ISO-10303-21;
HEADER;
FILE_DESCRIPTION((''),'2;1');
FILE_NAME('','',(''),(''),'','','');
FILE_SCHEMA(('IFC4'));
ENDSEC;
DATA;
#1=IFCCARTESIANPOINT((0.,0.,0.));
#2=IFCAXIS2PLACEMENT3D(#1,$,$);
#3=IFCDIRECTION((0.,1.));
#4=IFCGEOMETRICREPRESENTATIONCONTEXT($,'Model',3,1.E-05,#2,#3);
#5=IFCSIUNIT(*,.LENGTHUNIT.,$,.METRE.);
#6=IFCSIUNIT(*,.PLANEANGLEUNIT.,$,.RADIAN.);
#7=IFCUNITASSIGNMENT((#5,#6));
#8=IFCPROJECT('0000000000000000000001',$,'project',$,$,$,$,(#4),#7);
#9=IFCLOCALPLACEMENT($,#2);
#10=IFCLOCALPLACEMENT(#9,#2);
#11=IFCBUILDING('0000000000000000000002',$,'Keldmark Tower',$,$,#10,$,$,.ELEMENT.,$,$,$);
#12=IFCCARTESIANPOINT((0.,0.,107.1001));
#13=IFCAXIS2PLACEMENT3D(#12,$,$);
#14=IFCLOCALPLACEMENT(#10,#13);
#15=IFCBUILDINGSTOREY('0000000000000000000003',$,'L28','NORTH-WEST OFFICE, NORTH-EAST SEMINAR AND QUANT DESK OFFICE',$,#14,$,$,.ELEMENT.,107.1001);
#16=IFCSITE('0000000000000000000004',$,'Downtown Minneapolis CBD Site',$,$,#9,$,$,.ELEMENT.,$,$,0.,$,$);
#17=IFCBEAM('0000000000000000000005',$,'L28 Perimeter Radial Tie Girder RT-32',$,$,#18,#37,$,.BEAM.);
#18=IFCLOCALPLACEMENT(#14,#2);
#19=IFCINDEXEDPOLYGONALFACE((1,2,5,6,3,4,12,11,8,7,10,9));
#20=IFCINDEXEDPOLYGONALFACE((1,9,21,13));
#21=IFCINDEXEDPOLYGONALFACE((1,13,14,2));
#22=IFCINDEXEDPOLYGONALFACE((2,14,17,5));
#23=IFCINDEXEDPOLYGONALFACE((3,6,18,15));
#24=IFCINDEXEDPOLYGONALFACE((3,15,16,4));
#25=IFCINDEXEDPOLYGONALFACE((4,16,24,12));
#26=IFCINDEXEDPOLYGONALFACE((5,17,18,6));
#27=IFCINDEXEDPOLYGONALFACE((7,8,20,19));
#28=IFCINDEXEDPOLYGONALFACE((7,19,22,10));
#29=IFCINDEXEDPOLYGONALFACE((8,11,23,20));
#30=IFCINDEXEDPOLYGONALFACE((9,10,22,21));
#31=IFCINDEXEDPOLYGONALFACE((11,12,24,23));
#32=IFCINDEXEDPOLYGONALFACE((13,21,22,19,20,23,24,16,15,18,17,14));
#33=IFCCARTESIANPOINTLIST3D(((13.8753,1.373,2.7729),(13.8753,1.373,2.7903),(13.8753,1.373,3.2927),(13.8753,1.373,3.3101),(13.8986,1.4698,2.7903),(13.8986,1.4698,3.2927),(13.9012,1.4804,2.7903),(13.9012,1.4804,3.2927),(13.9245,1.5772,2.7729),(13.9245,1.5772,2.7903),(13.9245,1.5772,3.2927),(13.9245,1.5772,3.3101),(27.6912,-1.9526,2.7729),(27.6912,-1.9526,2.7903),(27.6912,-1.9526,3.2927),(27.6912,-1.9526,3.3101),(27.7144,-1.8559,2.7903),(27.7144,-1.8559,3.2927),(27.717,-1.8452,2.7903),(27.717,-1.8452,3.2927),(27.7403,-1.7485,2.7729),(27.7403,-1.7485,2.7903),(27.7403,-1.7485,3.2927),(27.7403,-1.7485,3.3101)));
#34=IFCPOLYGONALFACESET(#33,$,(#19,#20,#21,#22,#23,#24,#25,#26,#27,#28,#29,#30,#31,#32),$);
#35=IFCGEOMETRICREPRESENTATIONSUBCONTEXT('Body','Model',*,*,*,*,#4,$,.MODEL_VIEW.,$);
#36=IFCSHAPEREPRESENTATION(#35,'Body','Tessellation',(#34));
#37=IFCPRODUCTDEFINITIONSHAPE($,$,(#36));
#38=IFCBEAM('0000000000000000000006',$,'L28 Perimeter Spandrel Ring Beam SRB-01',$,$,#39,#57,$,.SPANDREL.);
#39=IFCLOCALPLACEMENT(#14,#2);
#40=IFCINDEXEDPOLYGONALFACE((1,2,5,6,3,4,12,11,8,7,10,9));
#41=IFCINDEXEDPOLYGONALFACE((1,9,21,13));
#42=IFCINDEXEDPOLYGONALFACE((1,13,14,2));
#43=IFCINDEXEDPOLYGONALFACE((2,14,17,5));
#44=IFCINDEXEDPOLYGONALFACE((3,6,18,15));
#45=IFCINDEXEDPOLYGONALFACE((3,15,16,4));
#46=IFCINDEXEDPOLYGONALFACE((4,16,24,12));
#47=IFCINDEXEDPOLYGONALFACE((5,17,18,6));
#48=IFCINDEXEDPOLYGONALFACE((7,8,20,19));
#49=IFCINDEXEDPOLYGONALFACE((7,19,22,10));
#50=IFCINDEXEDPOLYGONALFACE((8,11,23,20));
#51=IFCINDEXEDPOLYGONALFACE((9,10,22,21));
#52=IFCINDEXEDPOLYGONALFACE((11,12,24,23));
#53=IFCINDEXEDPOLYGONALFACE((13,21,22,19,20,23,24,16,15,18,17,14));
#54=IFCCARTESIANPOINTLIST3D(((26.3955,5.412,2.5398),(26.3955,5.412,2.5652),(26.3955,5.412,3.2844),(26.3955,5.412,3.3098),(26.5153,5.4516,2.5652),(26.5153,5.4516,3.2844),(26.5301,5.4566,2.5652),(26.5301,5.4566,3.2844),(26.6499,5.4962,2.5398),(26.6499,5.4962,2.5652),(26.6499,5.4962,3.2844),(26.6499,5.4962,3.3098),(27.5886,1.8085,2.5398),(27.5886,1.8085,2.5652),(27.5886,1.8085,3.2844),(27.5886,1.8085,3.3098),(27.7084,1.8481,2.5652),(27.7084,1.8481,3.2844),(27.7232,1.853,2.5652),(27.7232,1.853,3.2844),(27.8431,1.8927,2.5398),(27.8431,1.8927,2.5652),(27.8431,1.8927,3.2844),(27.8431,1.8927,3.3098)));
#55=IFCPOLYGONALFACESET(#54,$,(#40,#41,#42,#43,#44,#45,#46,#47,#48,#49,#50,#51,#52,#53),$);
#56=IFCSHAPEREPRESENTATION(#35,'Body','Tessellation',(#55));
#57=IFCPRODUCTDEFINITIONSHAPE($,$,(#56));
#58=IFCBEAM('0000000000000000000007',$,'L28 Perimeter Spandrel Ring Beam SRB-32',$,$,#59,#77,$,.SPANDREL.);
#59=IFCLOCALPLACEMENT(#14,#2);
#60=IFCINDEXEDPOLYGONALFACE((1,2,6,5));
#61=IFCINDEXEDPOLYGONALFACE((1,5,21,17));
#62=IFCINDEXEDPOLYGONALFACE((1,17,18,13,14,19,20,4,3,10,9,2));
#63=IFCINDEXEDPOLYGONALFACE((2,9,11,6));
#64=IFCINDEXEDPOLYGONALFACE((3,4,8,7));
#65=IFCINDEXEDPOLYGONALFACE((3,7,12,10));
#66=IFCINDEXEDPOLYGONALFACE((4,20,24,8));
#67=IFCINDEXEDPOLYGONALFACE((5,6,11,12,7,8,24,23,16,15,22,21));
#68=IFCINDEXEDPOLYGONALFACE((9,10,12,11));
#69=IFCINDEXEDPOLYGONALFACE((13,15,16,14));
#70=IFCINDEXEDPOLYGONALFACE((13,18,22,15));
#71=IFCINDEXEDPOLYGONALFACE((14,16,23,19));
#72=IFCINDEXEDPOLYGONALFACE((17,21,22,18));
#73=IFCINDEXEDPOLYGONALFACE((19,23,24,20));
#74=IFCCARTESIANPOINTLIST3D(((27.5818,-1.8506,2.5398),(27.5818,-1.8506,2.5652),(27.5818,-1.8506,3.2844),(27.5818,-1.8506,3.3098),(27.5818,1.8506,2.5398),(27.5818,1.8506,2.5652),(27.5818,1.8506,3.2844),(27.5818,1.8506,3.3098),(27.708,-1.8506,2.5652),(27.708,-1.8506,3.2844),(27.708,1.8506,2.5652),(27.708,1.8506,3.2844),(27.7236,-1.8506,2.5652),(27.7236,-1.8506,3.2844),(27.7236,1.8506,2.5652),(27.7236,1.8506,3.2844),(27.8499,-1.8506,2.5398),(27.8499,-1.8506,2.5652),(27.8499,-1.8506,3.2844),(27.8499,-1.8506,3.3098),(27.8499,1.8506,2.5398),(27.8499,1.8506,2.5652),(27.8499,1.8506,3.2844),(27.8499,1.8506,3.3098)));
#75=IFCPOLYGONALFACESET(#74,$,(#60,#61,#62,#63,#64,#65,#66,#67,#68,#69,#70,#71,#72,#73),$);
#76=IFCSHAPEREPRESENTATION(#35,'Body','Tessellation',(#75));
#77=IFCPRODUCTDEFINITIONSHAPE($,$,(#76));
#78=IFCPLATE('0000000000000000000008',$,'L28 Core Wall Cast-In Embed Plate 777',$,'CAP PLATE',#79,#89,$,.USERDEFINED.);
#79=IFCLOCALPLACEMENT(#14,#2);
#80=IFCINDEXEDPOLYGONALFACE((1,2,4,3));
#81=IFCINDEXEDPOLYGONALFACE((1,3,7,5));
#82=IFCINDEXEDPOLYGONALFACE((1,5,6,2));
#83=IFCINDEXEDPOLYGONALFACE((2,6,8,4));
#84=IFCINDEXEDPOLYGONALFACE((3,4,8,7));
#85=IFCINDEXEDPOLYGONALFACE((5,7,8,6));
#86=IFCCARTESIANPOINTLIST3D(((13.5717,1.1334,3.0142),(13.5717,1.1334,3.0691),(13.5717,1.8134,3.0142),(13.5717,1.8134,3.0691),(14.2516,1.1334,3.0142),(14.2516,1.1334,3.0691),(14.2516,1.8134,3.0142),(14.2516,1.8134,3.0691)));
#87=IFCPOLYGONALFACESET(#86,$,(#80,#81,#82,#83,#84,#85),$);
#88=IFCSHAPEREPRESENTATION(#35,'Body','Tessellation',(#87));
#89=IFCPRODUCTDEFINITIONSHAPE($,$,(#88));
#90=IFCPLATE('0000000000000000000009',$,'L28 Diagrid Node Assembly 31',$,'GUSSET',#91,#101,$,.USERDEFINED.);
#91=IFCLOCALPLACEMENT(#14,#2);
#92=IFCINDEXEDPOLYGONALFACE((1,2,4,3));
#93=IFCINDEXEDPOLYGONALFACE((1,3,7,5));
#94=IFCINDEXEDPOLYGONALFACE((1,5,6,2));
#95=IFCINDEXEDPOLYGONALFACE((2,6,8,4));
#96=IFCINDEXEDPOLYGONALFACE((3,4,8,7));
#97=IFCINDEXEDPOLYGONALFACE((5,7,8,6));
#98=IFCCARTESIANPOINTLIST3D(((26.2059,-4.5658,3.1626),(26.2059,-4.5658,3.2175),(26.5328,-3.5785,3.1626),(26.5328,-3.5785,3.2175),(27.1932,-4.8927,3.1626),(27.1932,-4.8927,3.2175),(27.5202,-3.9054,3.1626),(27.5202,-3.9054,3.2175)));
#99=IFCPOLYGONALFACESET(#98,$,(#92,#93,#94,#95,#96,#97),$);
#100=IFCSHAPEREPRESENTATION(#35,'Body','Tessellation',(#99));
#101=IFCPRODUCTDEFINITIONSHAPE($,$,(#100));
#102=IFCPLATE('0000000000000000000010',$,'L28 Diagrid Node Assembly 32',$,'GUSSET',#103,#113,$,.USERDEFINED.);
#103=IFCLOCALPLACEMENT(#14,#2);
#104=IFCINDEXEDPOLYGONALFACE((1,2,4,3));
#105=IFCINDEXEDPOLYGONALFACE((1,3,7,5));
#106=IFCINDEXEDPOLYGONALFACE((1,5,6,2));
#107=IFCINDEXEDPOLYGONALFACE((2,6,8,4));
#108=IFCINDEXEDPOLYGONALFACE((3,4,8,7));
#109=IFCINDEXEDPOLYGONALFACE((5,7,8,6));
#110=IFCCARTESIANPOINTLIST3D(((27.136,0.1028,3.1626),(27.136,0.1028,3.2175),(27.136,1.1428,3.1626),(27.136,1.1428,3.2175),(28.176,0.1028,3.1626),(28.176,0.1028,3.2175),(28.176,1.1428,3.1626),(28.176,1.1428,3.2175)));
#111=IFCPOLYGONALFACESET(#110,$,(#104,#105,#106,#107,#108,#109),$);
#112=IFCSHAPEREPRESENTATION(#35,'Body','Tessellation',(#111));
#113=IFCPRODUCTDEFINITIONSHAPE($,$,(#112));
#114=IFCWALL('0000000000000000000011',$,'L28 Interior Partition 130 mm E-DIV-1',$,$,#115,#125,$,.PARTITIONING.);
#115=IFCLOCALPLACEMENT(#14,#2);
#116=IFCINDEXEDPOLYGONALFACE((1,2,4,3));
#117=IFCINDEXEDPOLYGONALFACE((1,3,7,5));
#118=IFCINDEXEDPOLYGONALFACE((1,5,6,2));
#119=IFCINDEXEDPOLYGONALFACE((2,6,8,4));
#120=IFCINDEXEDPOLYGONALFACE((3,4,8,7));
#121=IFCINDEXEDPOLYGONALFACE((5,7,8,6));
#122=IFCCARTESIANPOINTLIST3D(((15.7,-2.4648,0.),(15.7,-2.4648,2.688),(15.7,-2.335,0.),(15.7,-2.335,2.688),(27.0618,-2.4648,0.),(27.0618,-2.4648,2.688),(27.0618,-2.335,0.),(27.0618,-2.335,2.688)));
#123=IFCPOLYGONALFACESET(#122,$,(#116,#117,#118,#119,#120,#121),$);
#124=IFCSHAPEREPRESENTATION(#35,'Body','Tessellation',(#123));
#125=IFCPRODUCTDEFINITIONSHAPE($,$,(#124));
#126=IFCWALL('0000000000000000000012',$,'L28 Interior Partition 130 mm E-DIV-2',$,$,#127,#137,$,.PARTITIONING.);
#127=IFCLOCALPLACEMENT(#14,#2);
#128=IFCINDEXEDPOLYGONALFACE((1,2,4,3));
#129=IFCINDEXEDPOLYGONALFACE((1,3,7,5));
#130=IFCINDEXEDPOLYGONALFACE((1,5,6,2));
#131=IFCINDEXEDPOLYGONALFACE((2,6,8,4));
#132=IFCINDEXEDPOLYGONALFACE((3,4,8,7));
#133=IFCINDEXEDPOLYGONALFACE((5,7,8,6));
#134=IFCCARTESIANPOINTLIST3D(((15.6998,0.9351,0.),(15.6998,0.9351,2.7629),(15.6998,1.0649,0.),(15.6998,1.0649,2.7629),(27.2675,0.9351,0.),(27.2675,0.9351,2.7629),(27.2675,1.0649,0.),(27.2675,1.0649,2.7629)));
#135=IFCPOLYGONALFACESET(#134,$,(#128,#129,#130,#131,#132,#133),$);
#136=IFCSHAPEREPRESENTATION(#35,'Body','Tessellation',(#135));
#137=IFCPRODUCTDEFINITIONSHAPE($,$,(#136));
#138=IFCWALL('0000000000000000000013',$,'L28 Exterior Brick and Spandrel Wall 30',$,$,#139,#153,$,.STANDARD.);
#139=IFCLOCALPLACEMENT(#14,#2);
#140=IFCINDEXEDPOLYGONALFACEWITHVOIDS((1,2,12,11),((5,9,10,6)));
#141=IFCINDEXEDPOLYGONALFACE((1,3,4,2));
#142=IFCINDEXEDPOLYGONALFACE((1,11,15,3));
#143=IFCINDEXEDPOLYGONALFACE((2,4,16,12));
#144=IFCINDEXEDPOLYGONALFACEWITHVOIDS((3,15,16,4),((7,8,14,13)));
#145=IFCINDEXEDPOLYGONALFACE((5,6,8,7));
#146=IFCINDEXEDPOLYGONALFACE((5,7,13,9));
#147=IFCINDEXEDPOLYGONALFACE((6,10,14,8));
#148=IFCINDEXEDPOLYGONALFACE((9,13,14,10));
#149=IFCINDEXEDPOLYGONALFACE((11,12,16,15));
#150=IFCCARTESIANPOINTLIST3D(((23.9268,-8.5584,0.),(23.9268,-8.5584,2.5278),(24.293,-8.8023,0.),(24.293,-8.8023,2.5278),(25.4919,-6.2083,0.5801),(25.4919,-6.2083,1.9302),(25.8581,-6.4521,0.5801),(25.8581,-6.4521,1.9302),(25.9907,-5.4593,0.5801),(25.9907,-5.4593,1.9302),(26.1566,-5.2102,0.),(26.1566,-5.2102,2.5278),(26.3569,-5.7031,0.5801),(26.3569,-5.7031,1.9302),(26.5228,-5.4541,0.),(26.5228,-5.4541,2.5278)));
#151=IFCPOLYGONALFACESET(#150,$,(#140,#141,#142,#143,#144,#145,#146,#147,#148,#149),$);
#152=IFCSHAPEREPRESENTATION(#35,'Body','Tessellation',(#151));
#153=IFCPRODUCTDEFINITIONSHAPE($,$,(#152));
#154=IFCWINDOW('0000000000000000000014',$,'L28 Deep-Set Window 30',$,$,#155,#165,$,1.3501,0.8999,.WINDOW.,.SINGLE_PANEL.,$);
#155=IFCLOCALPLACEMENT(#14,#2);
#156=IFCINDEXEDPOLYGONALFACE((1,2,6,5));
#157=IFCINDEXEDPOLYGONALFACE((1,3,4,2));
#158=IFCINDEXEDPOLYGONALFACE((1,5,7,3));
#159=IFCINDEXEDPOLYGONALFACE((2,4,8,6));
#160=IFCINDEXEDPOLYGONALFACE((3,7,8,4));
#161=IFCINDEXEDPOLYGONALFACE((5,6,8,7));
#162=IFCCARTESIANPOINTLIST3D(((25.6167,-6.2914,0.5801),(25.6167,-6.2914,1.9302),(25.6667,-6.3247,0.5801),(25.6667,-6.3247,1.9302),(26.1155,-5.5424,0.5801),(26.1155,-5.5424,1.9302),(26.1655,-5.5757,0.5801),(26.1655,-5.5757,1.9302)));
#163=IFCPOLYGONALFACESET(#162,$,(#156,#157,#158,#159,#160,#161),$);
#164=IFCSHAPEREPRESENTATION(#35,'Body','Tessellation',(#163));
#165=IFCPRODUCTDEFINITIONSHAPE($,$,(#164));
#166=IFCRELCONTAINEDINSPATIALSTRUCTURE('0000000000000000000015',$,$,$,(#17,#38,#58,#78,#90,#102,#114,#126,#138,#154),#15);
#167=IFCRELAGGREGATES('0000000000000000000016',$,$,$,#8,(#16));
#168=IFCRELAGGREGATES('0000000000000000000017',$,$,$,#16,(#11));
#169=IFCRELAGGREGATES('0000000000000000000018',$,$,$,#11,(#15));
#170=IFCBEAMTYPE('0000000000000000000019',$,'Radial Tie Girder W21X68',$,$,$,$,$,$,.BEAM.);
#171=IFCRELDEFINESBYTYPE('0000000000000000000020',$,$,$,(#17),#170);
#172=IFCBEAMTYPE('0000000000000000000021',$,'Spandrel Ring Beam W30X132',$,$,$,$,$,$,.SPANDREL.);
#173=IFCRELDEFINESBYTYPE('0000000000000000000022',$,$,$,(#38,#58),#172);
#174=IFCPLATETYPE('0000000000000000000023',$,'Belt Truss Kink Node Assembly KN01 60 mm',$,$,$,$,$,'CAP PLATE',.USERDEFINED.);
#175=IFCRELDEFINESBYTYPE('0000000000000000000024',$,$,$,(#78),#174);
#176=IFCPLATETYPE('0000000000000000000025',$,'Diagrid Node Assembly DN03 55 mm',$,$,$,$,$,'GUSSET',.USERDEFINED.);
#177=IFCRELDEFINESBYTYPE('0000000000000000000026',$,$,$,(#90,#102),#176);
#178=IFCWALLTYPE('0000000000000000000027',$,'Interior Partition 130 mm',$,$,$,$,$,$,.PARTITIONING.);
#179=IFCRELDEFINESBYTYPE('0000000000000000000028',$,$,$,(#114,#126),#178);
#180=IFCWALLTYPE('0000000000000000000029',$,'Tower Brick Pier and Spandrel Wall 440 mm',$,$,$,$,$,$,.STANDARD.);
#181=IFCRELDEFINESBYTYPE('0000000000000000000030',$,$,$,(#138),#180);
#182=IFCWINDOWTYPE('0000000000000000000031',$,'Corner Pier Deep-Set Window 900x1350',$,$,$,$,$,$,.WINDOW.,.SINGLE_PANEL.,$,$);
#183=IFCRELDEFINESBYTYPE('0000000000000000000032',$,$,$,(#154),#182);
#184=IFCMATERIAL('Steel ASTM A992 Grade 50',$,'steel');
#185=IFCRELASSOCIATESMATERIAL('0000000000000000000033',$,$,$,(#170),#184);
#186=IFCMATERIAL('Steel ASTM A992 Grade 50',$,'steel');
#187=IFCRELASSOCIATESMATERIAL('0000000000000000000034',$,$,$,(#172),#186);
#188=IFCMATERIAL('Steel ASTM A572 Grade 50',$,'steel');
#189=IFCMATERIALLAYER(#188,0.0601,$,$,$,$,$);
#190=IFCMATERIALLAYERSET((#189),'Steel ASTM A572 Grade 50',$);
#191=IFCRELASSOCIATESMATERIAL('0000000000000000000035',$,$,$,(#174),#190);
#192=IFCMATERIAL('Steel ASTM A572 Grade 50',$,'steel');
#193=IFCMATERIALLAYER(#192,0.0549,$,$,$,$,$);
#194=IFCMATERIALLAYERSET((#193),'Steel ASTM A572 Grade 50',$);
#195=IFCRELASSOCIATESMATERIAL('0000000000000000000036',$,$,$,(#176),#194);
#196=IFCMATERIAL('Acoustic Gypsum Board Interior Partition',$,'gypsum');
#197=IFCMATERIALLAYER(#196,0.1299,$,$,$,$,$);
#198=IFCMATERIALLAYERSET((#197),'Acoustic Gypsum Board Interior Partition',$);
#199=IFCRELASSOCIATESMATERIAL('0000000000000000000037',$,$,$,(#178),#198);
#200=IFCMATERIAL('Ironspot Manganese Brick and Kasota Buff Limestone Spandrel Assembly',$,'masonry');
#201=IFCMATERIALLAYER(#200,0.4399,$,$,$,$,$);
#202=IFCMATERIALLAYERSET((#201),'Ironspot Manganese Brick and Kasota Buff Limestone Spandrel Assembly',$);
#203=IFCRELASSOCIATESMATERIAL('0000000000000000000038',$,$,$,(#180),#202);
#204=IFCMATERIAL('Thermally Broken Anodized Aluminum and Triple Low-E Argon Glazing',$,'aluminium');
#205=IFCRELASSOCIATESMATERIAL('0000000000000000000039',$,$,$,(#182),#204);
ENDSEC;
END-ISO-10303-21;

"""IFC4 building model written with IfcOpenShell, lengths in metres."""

from ifc_helpers import new_model, si_unit, direction, frame, frame_2d, origin, origin_2d, place, context, subcontext, project, spatial, rectangle, i_section, extrude, material, layer, layer_set, material_profile, profile_set, type_object, element, fill, save


model = new_model("IFC4")

# Units and contexts
model_context = context("Model", 3, precision=1e-05, world=origin(), true_north=direction((0.0, 1.0)))
body_context = subcontext(model_context, "Body", "Model", "MODEL_VIEW")
ifc_project = project(units=[si_unit("LENGTHUNIT", "METRE"), si_unit("PLANEANGLEUNIT", "RADIAN")], contexts=[model_context])

# Site, building, storey
site_placement = place(None, origin())
site = spatial("IfcSite", under=ifc_project, at=site_placement, Name="Downtown Minneapolis CBD Site", CompositionType="ELEMENT", RefElevation=0.0)
building_placement = place(site_placement, origin())
building = spatial("IfcBuilding", under=site, at=building_placement, Name="Keldmark Tower", CompositionType="ELEMENT")
storey_placement = place(building_placement, frame((0.0, 0.0, 107.1001)))
storey = spatial("IfcBuildingStorey", under=building, at=storey_placement, Name="L28", Description="NORTH-WEST OFFICE, NORTH-EAST SEMINAR AND QUANT DESK OFFICE", CompositionType="ELEMENT", Elevation=107.1001)

# Beams
ifc_material_1 = material(Name="Steel ASTM A992 Grade 50", Category="steel")
ifc_material_profile_1 = material_profile(ifc_material_1, i_section(OverallWidth=0.21, OverallDepth=0.5371, WebThickness=0.011, FlangeThickness=0.0173, at=origin_2d()), Name="W21X68")
ifc_profile_set_1 = profile_set([ifc_material_profile_1], Name="Steel ASTM A992 Grade 50")
beam_type_1 = type_object("IfcBeamType", Name="Radial Tie Girder W21X68", PredefinedType="BEAM", material=ifc_profile_set_1)
beam_1_placement = place(storey_placement, frame((13.8999, 1.4751, 3.0415), z_axis=(0.97223, -0.234029, 0.0), x_axis=(0.234029, 0.97223, 0.0)))
element("IfcBeam", 1, at=beam_1_placement, inside=storey, type_object=beam_type_1, Name="L28 Perimeter Radial Tie Girder RT-32", PredefinedType="BEAM", context=body_context, shape_type="SweptSolid", body=[
    extrude(i_section(OverallWidth=0.21, OverallDepth=0.5371, WebThickness=0.011, FlangeThickness=0.0173, at=origin_2d()), origin(), (0.0, 0.0, 1.0), 14.2104),
])
ifc_material_2 = material(Name="Steel ASTM A992 Grade 50", Category="steel")
ifc_material_profile_2 = material_profile(ifc_material_2, i_section(OverallWidth=0.2681, OverallDepth=0.77, WebThickness=0.0156, FlangeThickness=0.0254, at=origin_2d()), Name="W30X132")
ifc_profile_set_2 = profile_set([ifc_material_profile_2], Name="Steel ASTM A992 Grade 50")
beam_type_2 = type_object("IfcBeamType", Name="Spandrel Ring Beam W30X132", PredefinedType="SPANDREL", material=ifc_profile_set_2)
beam_2_placement = place(storey_placement, frame((27.7158, 1.8506, 2.9248), z_axis=(-0.314317, 0.949318, 0.0), x_axis=(-0.949318, -0.314317, 0.0)))
element("IfcBeam", 2, at=beam_2_placement, inside=storey, type_object=beam_type_2, Name="L28 Perimeter Spandrel Ring Beam SRB-01", PredefinedType="SPANDREL", context=body_context, shape_type="SweptSolid", body=[
    extrude(i_section(OverallWidth=0.2681, OverallDepth=0.77, WebThickness=0.0156, FlangeThickness=0.0254, at=origin_2d()), origin(), (0.0, 0.0, 1.0), 3.7959),
])
beam_3_placement = place(storey_placement, frame((27.7158, -1.8506, 2.9248), z_axis=(0.0, 1.0, 0.0), x_axis=(-1.0, 0.0, 0.0)))
element("IfcBeam", 3, at=beam_3_placement, inside=storey, type_object=beam_type_2, Name="L28 Perimeter Spandrel Ring Beam SRB-32", PredefinedType="SPANDREL", context=body_context, shape_type="SweptSolid", body=[
    extrude(i_section(OverallWidth=0.2681, OverallDepth=0.77, WebThickness=0.0156, FlangeThickness=0.0254, at=origin_2d()), origin(), (0.0, 0.0, 1.0), 3.7012),
])

# Plates
ifc_material_3 = material(Name="Steel ASTM A572 Grade 50", Category="steel")
ifc_layer_1 = layer(ifc_material_3, 0.0601)
ifc_layer_set_1 = layer_set([ifc_layer_1], Name="Steel ASTM A572 Grade 50")
plate_type_1 = type_object("IfcPlateType", Name="Belt Truss Kink Node Assembly KN01 60 mm", ElementType="CAP PLATE", PredefinedType="USERDEFINED", material=ifc_layer_set_1)
plate_placement = place(storey_placement, frame((13.9116, 1.4734, 3.0142), z_axis=(0.0, 0.0, 1.0), x_axis=(1.0, 0.0, 0.0)))
element("IfcPlate", 4, at=plate_placement, inside=storey, type_object=plate_type_1, Name="L28 Core Wall Cast-In Embed Plate 777", ObjectType="CAP PLATE", PredefinedType="USERDEFINED", context=body_context, shape_type="SweptSolid", body=[
    extrude(rectangle(XDim=0.6799, YDim=0.6799, at=origin_2d()), origin(), (0.0, 0.0, 1.0), 0.0549),
])
ifc_material_4 = material(Name="Steel ASTM A572 Grade 50", Category="steel")
ifc_layer_2 = layer(ifc_material_4, 0.0549)
ifc_layer_set_2 = layer_set([ifc_layer_2], Name="Steel ASTM A572 Grade 50")
plate_type_2 = type_object("IfcPlateType", Name="Diagrid Node Assembly DN03 55 mm", ElementType="GUSSET", PredefinedType="USERDEFINED", material=ifc_layer_set_2)
for number, where, z_axis, x_axis, name in (
    (5, (26.863, -4.2356, 3.1626), (0.0, 0.0, 1.0), (0.314324, 0.949316, 0.0), "L28 Diagrid Node Assembly 31"),
    (6, (27.656, 0.6228, 3.1626), (0.0, 0.0, 1.0), (0.0, 1.0, 0.0), "L28 Diagrid Node Assembly 32"),
):
    element("IfcPlate", number, at=place(storey_placement, frame(where, z_axis=z_axis, x_axis=x_axis)), inside=storey, type_object=plate_type_2, Name=name, ObjectType="GUSSET", PredefinedType="USERDEFINED", context=body_context, shape_type="SweptSolid", body=[
        extrude(rectangle(XDim=1.04, YDim=1.04, at=origin_2d()), origin(), (0.0, 0.0, 1.0), 0.0549),
    ])

# Walls
ifc_material_5 = material(Name="Acoustic Gypsum Board Interior Partition", Category="gypsum")
ifc_layer_3 = layer(ifc_material_5, 0.1299)
ifc_layer_set_3 = layer_set([ifc_layer_3], Name="Acoustic Gypsum Board Interior Partition")
wall_type_1 = type_object("IfcWallType", Name="Interior Partition 130 mm", PredefinedType="PARTITIONING", material=ifc_layer_set_3)
wall_1_placement = place(storey_placement, frame((15.7, -2.3999, 0.0), z_axis=(0.0, 0.0, 1.0), x_axis=(1.0, 0.0, 0.0)))
element("IfcWall", 7, at=wall_1_placement, inside=storey, type_object=wall_type_1, Name="L28 Interior Partition 130 mm E-DIV-1", PredefinedType="PARTITIONING", context=body_context, shape_type="SweptSolid", body=[
    extrude(rectangle(XDim=11.3618, YDim=0.1299, at=frame_2d((5.6809, 0.0))), origin(), (0.0, 0.0, 1.0), 2.688),
])
wall_2_placement = place(storey_placement, frame((15.7, 1.0, 0.0), z_axis=(0.0, 0.0, 1.0), x_axis=(1.0, 0.0, 0.0)))
element("IfcWall", 8, at=wall_2_placement, inside=storey, type_object=wall_type_1, Name="L28 Interior Partition 130 mm E-DIV-2", PredefinedType="PARTITIONING", context=body_context, shape_type="SweptSolid", body=[
    extrude(rectangle(XDim=11.5676, YDim=0.1299, at=frame_2d((5.7837, 0.0))), origin(), (0.0, 0.0, 1.0), 2.7629),
])

# Wall, opening, window
ifc_material_6 = material(Name="Ironspot Manganese Brick and Kasota Buff Limestone Spandrel Assembly", Category="masonry")
ifc_layer_4 = layer(ifc_material_6, 0.4399)
ifc_layer_set_4 = layer_set([ifc_layer_4], Name="Ironspot Manganese Brick and Kasota Buff Limestone Spandrel Assembly")
wall_type_2 = type_object("IfcWallType", Name="Tower Brick Pier and Spandrel Wall 440 mm", PredefinedType="STANDARD", material=ifc_layer_set_4)
wall_3_placement = place(storey_placement, frame((26.3396, -5.3323, 0.0), z_axis=(0.0, 0.0, 1.0), x_axis=(-0.554294, -0.832321, 0.0)))
wall_3 = element("IfcWall", 9, at=wall_3_placement, inside=storey, type_object=wall_type_2, Name="L28 Exterior Brick and Spandrel Wall 30", PredefinedType="STANDARD", context=body_context, shape_type="SweptSolid", body=[
    extrude(rectangle(XDim=4.0227, YDim=0.4399, at=frame_2d((2.0112, 0.0))), origin(), (0.0, 0.0, 1.0), 2.5278),
])
opening_1_placement = place(wall_3_placement, frame((0.2991, 0.0, 0.5801)))
opening_1 = element("IfcOpeningElement", 10, at=opening_1_placement, cuts=wall_3, PredefinedType="OPENING", context=body_context, shape_type="SweptSolid", body=[
    extrude(rectangle(XDim=0.8999, YDim=1.3501, at=frame_2d((0.45, 0.675))), frame((0.0, 0.23, 0.0), z_axis=(0.0, -1.0, 0.0), x_axis=(1.0, 0.0, 0.0)), (0.0, 0.0, 1.0), 0.46),
])
ifc_material_7 = material(Name="Thermally Broken Anodized Aluminum and Triple Low-E Argon Glazing", Category="aluminium")
window_type = type_object("IfcWindowType", Name="Corner Pier Deep-Set Window 900x1350", PartitioningType="SINGLE_PANEL", PredefinedType="WINDOW", material=ifc_material_7)
window_1_placement = place(opening_1_placement, origin())
window_1 = element("IfcWindow", 11, at=window_1_placement, inside=storey, type_object=window_type, Name="L28 Deep-Set Window 30", OverallHeight=1.3501, OverallWidth=0.8999, PartitioningType="SINGLE_PANEL", PredefinedType="WINDOW", context=body_context, shape_type="SweptSolid", body=[
    extrude(rectangle(XDim=0.8999, YDim=1.3501, at=frame_2d((0.45, 0.675))), frame((0.0, -0.01, 0.0), z_axis=(0.0, -1.0, 0.0), x_axis=(1.0, 0.0, 0.0)), (0.0, 0.0, 1.0), 0.0601),
])
fill(opening_1, window_1)

save(model, "model.ifc")
